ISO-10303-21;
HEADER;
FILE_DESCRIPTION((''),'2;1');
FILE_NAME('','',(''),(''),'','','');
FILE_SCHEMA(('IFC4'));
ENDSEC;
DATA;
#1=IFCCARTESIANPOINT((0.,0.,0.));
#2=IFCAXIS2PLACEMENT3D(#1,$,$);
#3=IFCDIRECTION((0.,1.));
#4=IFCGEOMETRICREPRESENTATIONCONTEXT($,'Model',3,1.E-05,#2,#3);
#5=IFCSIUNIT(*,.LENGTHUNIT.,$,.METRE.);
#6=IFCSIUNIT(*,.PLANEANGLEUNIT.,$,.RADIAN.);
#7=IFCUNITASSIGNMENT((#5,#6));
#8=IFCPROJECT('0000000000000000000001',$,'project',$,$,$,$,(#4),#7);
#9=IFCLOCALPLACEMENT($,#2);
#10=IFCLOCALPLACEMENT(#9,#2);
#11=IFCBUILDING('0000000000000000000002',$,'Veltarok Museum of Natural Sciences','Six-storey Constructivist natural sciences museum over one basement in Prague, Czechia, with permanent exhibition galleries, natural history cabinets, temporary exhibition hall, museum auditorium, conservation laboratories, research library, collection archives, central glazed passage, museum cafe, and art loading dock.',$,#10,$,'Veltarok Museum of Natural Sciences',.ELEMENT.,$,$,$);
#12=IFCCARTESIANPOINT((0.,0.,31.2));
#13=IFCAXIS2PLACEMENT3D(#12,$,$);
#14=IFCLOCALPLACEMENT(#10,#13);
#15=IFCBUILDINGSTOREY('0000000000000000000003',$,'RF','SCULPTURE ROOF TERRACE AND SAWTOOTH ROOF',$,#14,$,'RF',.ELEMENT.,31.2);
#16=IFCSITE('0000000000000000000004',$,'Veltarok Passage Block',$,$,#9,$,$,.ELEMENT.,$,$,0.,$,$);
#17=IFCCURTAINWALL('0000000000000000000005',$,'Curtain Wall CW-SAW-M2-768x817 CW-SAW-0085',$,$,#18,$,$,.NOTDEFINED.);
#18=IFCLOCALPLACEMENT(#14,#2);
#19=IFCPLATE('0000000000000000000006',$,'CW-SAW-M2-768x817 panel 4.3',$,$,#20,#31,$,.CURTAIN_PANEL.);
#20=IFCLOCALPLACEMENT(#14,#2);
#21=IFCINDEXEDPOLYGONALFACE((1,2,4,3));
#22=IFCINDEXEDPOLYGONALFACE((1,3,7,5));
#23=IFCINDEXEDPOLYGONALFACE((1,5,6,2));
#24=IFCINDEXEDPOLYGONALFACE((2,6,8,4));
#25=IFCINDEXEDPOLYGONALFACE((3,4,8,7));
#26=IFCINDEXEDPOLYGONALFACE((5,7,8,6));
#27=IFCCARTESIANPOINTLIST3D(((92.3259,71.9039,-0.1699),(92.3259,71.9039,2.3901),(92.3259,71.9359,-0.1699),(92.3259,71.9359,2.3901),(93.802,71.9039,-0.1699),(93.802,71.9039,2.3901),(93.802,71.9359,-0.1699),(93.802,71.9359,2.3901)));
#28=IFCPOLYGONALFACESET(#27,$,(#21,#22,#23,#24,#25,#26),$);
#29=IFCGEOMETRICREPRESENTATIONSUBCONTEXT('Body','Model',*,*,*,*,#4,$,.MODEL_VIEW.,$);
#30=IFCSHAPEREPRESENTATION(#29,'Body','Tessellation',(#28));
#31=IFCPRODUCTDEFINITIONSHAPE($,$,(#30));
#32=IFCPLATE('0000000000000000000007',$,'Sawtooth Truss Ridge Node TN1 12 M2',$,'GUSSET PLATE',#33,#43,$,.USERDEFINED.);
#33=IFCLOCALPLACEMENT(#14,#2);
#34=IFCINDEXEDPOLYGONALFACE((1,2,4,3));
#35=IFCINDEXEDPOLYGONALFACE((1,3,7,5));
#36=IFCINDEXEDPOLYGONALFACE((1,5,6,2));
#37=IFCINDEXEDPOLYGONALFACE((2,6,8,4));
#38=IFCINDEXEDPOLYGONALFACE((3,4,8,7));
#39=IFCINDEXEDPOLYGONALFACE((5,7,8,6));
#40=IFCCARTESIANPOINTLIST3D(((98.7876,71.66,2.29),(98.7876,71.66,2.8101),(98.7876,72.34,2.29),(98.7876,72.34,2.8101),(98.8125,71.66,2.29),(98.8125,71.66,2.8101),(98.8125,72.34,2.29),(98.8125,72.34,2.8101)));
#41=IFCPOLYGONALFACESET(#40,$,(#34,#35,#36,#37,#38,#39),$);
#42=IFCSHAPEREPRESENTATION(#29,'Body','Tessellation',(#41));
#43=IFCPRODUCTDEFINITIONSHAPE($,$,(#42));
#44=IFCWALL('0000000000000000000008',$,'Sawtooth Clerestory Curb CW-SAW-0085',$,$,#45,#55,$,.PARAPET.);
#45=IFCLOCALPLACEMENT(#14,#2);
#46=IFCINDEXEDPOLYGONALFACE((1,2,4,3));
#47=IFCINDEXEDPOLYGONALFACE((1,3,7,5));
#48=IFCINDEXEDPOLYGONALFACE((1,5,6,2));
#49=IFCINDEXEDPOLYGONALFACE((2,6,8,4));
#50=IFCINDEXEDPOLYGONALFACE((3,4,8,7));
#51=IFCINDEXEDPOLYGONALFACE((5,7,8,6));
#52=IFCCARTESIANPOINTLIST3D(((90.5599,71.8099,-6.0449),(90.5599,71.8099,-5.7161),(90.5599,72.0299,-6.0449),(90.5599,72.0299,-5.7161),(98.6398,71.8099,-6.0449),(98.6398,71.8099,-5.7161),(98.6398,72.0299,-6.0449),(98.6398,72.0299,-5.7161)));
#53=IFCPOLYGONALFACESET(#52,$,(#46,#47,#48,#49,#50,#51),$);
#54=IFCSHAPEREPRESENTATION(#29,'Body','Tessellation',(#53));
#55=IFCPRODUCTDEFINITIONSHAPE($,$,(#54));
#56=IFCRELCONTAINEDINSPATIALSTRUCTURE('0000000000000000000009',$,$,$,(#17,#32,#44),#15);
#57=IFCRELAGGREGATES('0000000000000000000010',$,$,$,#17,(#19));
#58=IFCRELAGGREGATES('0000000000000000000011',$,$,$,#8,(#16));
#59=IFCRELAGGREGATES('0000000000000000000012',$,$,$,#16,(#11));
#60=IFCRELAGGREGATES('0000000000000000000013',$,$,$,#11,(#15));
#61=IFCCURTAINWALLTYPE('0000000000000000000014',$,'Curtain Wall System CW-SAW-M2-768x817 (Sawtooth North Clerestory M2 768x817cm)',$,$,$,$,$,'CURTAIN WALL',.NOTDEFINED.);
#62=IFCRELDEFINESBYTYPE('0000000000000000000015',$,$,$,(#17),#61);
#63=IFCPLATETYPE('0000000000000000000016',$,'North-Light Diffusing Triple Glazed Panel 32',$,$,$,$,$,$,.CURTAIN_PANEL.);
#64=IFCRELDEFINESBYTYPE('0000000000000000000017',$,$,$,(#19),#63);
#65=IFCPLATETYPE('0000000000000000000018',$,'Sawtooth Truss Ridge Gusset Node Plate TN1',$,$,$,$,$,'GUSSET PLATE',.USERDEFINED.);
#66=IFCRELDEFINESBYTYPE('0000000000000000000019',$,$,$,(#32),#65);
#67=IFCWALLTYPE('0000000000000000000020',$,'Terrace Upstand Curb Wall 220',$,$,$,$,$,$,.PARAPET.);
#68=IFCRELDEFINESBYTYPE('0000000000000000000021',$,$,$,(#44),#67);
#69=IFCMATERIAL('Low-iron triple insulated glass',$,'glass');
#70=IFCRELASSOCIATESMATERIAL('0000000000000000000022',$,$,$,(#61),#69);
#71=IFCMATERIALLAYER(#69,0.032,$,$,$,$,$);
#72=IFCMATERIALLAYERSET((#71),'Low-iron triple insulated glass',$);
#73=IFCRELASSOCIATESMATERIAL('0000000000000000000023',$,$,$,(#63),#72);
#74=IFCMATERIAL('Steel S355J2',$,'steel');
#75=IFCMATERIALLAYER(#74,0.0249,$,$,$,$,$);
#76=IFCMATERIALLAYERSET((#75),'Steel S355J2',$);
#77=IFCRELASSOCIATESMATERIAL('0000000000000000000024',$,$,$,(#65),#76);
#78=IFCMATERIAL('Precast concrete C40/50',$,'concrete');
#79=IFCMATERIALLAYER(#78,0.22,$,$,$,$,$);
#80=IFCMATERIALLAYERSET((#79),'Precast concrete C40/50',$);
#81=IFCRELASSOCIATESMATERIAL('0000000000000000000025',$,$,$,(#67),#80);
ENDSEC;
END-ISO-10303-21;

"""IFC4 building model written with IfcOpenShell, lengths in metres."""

from ifc_helpers import new_model, si_unit, direction, frame, frame_2d, origin, origin_2d, place, context, subcontext, project, spatial, rectangle, extrude, material, layer, layer_set, type_object, element, aggregate, save


model = new_model("IFC4")

# Units and contexts
model_context = context("Model", 3, precision=1e-05, world=origin(), true_north=direction((0.0, 1.0)))
body_context = subcontext(model_context, "Body", "Model", "MODEL_VIEW")
ifc_project = project(units=[si_unit("LENGTHUNIT", "METRE"), si_unit("PLANEANGLEUNIT", "RADIAN")], contexts=[model_context])

# Site, building, storey
site_placement = place(None, origin())
site = spatial("IfcSite", under=ifc_project, at=site_placement, Name="Veltarok Passage Block", CompositionType="ELEMENT", RefElevation=0.0)
building_placement = place(site_placement, origin())
building = spatial("IfcBuilding", under=site, at=building_placement, Name="Veltarok Museum of Natural Sciences", Description="Six-storey Constructivist natural sciences museum over one basement in Prague, Czechia, with permanent exhibition galleries, natural history cabinets, temporary exhibition hall, museum auditorium, conservation laboratories, research library, collection archives, central glazed passage, museum cafe, and art loading dock.", LongName="Veltarok Museum of Natural Sciences", CompositionType="ELEMENT")
storey_placement = place(building_placement, frame((0.0, 0.0, 31.2)))
storey = spatial("IfcBuildingStorey", under=building, at=storey_placement, Name="RF", Description="SCULPTURE ROOF TERRACE AND SAWTOOTH ROOF", LongName="RF", CompositionType="ELEMENT", Elevation=31.2)

# Curtain wall
ifc_material_1 = material(Name="Low-iron triple insulated glass", Category="glass")
curtain_wall_type = type_object("IfcCurtainWallType", Name="Curtain Wall System CW-SAW-M2-768x817 (Sawtooth North Clerestory M2 768x817cm)", ElementType="CURTAIN WALL", PredefinedType="NOTDEFINED", material=ifc_material_1)
curtain_wall_placement = place(storey_placement, origin())
curtain_wall = element("IfcCurtainWall", 1, at=curtain_wall_placement, inside=storey, type_object=curtain_wall_type, Name="Curtain Wall CW-SAW-M2-768x817 CW-SAW-0085", PredefinedType="NOTDEFINED")

# Shared definitions
ifc_material_2 = material(Name="Steel S355J2", Category="steel")

# Plates
ifc_layer_1 = layer(ifc_material_1, 0.032)
ifc_layer_set_1 = layer_set([ifc_layer_1], Name="Low-iron triple insulated glass")
plate_type_1 = type_object("IfcPlateType", Name="North-Light Diffusing Triple Glazed Panel 32", PredefinedType="CURTAIN_PANEL", material=ifc_layer_set_1)
plate_1_placement = place(storey_placement, frame((93.064, 71.9199, -0.1699), z_axis=(0.0, 0.0, 1.0), x_axis=(-1.0, 0.0, 0.0)))
plate_1 = element("IfcPlate", 2, at=plate_1_placement, type_object=plate_type_1, Name="CW-SAW-M2-768x817 panel 4.3", PredefinedType="CURTAIN_PANEL", context=body_context, shape_type="SweptSolid", body=[
    extrude(rectangle(XDim=1.4761, YDim=0.032, at=origin_2d()), origin(), (0.0, 0.0, 1.0), 2.5601),
])
aggregate(curtain_wall, [plate_1])
ifc_layer_2 = layer(ifc_material_2, 0.0249)
ifc_layer_set_2 = layer_set([ifc_layer_2], Name="Steel S355J2")
plate_type_2 = type_object("IfcPlateType", Name="Sawtooth Truss Ridge Gusset Node Plate TN1", ElementType="GUSSET PLATE", PredefinedType="USERDEFINED", material=ifc_layer_set_2)
plate_2_placement = place(storey_placement, frame((98.8, 72.0, 2.29), z_axis=(0.0, 0.0, 1.0), x_axis=(1.0, 0.0, 0.0)))
element("IfcPlate", 3, at=plate_2_placement, inside=storey, type_object=plate_type_2, Name="Sawtooth Truss Ridge Node TN1 12 M2", ObjectType="GUSSET PLATE", PredefinedType="USERDEFINED", context=body_context, shape_type="SweptSolid", body=[
    extrude(rectangle(XDim=0.0249, YDim=0.6799, at=origin_2d()), origin(), (0.0, 0.0, 1.0), 0.52),
])

# Wall
ifc_material_3 = material(Name="Precast concrete C40/50", Category="concrete")
ifc_layer_3 = layer(ifc_material_3, 0.22)
ifc_layer_set_3 = layer_set([ifc_layer_3], Name="Precast concrete C40/50")
wall_type = type_object("IfcWallType", Name="Terrace Upstand Curb Wall 220", PredefinedType="PARAPET", material=ifc_layer_set_3)
wall_placement = place(storey_placement, frame((98.6399, 71.9199, -6.0449), z_axis=(0.0, 0.0, 1.0), x_axis=(-1.0, 0.0, 0.0)))
element("IfcWall", 4, at=wall_placement, inside=storey, type_object=wall_type, Name="Sawtooth Clerestory Curb CW-SAW-0085", PredefinedType="PARAPET", context=body_context, shape_type="SweptSolid", body=[
    extrude(rectangle(XDim=8.0798, YDim=0.22, at=frame_2d((4.04, 0.0))), origin(), (0.0, 0.0, 1.0), 0.3289),
])

save(model, "model.ifc")
